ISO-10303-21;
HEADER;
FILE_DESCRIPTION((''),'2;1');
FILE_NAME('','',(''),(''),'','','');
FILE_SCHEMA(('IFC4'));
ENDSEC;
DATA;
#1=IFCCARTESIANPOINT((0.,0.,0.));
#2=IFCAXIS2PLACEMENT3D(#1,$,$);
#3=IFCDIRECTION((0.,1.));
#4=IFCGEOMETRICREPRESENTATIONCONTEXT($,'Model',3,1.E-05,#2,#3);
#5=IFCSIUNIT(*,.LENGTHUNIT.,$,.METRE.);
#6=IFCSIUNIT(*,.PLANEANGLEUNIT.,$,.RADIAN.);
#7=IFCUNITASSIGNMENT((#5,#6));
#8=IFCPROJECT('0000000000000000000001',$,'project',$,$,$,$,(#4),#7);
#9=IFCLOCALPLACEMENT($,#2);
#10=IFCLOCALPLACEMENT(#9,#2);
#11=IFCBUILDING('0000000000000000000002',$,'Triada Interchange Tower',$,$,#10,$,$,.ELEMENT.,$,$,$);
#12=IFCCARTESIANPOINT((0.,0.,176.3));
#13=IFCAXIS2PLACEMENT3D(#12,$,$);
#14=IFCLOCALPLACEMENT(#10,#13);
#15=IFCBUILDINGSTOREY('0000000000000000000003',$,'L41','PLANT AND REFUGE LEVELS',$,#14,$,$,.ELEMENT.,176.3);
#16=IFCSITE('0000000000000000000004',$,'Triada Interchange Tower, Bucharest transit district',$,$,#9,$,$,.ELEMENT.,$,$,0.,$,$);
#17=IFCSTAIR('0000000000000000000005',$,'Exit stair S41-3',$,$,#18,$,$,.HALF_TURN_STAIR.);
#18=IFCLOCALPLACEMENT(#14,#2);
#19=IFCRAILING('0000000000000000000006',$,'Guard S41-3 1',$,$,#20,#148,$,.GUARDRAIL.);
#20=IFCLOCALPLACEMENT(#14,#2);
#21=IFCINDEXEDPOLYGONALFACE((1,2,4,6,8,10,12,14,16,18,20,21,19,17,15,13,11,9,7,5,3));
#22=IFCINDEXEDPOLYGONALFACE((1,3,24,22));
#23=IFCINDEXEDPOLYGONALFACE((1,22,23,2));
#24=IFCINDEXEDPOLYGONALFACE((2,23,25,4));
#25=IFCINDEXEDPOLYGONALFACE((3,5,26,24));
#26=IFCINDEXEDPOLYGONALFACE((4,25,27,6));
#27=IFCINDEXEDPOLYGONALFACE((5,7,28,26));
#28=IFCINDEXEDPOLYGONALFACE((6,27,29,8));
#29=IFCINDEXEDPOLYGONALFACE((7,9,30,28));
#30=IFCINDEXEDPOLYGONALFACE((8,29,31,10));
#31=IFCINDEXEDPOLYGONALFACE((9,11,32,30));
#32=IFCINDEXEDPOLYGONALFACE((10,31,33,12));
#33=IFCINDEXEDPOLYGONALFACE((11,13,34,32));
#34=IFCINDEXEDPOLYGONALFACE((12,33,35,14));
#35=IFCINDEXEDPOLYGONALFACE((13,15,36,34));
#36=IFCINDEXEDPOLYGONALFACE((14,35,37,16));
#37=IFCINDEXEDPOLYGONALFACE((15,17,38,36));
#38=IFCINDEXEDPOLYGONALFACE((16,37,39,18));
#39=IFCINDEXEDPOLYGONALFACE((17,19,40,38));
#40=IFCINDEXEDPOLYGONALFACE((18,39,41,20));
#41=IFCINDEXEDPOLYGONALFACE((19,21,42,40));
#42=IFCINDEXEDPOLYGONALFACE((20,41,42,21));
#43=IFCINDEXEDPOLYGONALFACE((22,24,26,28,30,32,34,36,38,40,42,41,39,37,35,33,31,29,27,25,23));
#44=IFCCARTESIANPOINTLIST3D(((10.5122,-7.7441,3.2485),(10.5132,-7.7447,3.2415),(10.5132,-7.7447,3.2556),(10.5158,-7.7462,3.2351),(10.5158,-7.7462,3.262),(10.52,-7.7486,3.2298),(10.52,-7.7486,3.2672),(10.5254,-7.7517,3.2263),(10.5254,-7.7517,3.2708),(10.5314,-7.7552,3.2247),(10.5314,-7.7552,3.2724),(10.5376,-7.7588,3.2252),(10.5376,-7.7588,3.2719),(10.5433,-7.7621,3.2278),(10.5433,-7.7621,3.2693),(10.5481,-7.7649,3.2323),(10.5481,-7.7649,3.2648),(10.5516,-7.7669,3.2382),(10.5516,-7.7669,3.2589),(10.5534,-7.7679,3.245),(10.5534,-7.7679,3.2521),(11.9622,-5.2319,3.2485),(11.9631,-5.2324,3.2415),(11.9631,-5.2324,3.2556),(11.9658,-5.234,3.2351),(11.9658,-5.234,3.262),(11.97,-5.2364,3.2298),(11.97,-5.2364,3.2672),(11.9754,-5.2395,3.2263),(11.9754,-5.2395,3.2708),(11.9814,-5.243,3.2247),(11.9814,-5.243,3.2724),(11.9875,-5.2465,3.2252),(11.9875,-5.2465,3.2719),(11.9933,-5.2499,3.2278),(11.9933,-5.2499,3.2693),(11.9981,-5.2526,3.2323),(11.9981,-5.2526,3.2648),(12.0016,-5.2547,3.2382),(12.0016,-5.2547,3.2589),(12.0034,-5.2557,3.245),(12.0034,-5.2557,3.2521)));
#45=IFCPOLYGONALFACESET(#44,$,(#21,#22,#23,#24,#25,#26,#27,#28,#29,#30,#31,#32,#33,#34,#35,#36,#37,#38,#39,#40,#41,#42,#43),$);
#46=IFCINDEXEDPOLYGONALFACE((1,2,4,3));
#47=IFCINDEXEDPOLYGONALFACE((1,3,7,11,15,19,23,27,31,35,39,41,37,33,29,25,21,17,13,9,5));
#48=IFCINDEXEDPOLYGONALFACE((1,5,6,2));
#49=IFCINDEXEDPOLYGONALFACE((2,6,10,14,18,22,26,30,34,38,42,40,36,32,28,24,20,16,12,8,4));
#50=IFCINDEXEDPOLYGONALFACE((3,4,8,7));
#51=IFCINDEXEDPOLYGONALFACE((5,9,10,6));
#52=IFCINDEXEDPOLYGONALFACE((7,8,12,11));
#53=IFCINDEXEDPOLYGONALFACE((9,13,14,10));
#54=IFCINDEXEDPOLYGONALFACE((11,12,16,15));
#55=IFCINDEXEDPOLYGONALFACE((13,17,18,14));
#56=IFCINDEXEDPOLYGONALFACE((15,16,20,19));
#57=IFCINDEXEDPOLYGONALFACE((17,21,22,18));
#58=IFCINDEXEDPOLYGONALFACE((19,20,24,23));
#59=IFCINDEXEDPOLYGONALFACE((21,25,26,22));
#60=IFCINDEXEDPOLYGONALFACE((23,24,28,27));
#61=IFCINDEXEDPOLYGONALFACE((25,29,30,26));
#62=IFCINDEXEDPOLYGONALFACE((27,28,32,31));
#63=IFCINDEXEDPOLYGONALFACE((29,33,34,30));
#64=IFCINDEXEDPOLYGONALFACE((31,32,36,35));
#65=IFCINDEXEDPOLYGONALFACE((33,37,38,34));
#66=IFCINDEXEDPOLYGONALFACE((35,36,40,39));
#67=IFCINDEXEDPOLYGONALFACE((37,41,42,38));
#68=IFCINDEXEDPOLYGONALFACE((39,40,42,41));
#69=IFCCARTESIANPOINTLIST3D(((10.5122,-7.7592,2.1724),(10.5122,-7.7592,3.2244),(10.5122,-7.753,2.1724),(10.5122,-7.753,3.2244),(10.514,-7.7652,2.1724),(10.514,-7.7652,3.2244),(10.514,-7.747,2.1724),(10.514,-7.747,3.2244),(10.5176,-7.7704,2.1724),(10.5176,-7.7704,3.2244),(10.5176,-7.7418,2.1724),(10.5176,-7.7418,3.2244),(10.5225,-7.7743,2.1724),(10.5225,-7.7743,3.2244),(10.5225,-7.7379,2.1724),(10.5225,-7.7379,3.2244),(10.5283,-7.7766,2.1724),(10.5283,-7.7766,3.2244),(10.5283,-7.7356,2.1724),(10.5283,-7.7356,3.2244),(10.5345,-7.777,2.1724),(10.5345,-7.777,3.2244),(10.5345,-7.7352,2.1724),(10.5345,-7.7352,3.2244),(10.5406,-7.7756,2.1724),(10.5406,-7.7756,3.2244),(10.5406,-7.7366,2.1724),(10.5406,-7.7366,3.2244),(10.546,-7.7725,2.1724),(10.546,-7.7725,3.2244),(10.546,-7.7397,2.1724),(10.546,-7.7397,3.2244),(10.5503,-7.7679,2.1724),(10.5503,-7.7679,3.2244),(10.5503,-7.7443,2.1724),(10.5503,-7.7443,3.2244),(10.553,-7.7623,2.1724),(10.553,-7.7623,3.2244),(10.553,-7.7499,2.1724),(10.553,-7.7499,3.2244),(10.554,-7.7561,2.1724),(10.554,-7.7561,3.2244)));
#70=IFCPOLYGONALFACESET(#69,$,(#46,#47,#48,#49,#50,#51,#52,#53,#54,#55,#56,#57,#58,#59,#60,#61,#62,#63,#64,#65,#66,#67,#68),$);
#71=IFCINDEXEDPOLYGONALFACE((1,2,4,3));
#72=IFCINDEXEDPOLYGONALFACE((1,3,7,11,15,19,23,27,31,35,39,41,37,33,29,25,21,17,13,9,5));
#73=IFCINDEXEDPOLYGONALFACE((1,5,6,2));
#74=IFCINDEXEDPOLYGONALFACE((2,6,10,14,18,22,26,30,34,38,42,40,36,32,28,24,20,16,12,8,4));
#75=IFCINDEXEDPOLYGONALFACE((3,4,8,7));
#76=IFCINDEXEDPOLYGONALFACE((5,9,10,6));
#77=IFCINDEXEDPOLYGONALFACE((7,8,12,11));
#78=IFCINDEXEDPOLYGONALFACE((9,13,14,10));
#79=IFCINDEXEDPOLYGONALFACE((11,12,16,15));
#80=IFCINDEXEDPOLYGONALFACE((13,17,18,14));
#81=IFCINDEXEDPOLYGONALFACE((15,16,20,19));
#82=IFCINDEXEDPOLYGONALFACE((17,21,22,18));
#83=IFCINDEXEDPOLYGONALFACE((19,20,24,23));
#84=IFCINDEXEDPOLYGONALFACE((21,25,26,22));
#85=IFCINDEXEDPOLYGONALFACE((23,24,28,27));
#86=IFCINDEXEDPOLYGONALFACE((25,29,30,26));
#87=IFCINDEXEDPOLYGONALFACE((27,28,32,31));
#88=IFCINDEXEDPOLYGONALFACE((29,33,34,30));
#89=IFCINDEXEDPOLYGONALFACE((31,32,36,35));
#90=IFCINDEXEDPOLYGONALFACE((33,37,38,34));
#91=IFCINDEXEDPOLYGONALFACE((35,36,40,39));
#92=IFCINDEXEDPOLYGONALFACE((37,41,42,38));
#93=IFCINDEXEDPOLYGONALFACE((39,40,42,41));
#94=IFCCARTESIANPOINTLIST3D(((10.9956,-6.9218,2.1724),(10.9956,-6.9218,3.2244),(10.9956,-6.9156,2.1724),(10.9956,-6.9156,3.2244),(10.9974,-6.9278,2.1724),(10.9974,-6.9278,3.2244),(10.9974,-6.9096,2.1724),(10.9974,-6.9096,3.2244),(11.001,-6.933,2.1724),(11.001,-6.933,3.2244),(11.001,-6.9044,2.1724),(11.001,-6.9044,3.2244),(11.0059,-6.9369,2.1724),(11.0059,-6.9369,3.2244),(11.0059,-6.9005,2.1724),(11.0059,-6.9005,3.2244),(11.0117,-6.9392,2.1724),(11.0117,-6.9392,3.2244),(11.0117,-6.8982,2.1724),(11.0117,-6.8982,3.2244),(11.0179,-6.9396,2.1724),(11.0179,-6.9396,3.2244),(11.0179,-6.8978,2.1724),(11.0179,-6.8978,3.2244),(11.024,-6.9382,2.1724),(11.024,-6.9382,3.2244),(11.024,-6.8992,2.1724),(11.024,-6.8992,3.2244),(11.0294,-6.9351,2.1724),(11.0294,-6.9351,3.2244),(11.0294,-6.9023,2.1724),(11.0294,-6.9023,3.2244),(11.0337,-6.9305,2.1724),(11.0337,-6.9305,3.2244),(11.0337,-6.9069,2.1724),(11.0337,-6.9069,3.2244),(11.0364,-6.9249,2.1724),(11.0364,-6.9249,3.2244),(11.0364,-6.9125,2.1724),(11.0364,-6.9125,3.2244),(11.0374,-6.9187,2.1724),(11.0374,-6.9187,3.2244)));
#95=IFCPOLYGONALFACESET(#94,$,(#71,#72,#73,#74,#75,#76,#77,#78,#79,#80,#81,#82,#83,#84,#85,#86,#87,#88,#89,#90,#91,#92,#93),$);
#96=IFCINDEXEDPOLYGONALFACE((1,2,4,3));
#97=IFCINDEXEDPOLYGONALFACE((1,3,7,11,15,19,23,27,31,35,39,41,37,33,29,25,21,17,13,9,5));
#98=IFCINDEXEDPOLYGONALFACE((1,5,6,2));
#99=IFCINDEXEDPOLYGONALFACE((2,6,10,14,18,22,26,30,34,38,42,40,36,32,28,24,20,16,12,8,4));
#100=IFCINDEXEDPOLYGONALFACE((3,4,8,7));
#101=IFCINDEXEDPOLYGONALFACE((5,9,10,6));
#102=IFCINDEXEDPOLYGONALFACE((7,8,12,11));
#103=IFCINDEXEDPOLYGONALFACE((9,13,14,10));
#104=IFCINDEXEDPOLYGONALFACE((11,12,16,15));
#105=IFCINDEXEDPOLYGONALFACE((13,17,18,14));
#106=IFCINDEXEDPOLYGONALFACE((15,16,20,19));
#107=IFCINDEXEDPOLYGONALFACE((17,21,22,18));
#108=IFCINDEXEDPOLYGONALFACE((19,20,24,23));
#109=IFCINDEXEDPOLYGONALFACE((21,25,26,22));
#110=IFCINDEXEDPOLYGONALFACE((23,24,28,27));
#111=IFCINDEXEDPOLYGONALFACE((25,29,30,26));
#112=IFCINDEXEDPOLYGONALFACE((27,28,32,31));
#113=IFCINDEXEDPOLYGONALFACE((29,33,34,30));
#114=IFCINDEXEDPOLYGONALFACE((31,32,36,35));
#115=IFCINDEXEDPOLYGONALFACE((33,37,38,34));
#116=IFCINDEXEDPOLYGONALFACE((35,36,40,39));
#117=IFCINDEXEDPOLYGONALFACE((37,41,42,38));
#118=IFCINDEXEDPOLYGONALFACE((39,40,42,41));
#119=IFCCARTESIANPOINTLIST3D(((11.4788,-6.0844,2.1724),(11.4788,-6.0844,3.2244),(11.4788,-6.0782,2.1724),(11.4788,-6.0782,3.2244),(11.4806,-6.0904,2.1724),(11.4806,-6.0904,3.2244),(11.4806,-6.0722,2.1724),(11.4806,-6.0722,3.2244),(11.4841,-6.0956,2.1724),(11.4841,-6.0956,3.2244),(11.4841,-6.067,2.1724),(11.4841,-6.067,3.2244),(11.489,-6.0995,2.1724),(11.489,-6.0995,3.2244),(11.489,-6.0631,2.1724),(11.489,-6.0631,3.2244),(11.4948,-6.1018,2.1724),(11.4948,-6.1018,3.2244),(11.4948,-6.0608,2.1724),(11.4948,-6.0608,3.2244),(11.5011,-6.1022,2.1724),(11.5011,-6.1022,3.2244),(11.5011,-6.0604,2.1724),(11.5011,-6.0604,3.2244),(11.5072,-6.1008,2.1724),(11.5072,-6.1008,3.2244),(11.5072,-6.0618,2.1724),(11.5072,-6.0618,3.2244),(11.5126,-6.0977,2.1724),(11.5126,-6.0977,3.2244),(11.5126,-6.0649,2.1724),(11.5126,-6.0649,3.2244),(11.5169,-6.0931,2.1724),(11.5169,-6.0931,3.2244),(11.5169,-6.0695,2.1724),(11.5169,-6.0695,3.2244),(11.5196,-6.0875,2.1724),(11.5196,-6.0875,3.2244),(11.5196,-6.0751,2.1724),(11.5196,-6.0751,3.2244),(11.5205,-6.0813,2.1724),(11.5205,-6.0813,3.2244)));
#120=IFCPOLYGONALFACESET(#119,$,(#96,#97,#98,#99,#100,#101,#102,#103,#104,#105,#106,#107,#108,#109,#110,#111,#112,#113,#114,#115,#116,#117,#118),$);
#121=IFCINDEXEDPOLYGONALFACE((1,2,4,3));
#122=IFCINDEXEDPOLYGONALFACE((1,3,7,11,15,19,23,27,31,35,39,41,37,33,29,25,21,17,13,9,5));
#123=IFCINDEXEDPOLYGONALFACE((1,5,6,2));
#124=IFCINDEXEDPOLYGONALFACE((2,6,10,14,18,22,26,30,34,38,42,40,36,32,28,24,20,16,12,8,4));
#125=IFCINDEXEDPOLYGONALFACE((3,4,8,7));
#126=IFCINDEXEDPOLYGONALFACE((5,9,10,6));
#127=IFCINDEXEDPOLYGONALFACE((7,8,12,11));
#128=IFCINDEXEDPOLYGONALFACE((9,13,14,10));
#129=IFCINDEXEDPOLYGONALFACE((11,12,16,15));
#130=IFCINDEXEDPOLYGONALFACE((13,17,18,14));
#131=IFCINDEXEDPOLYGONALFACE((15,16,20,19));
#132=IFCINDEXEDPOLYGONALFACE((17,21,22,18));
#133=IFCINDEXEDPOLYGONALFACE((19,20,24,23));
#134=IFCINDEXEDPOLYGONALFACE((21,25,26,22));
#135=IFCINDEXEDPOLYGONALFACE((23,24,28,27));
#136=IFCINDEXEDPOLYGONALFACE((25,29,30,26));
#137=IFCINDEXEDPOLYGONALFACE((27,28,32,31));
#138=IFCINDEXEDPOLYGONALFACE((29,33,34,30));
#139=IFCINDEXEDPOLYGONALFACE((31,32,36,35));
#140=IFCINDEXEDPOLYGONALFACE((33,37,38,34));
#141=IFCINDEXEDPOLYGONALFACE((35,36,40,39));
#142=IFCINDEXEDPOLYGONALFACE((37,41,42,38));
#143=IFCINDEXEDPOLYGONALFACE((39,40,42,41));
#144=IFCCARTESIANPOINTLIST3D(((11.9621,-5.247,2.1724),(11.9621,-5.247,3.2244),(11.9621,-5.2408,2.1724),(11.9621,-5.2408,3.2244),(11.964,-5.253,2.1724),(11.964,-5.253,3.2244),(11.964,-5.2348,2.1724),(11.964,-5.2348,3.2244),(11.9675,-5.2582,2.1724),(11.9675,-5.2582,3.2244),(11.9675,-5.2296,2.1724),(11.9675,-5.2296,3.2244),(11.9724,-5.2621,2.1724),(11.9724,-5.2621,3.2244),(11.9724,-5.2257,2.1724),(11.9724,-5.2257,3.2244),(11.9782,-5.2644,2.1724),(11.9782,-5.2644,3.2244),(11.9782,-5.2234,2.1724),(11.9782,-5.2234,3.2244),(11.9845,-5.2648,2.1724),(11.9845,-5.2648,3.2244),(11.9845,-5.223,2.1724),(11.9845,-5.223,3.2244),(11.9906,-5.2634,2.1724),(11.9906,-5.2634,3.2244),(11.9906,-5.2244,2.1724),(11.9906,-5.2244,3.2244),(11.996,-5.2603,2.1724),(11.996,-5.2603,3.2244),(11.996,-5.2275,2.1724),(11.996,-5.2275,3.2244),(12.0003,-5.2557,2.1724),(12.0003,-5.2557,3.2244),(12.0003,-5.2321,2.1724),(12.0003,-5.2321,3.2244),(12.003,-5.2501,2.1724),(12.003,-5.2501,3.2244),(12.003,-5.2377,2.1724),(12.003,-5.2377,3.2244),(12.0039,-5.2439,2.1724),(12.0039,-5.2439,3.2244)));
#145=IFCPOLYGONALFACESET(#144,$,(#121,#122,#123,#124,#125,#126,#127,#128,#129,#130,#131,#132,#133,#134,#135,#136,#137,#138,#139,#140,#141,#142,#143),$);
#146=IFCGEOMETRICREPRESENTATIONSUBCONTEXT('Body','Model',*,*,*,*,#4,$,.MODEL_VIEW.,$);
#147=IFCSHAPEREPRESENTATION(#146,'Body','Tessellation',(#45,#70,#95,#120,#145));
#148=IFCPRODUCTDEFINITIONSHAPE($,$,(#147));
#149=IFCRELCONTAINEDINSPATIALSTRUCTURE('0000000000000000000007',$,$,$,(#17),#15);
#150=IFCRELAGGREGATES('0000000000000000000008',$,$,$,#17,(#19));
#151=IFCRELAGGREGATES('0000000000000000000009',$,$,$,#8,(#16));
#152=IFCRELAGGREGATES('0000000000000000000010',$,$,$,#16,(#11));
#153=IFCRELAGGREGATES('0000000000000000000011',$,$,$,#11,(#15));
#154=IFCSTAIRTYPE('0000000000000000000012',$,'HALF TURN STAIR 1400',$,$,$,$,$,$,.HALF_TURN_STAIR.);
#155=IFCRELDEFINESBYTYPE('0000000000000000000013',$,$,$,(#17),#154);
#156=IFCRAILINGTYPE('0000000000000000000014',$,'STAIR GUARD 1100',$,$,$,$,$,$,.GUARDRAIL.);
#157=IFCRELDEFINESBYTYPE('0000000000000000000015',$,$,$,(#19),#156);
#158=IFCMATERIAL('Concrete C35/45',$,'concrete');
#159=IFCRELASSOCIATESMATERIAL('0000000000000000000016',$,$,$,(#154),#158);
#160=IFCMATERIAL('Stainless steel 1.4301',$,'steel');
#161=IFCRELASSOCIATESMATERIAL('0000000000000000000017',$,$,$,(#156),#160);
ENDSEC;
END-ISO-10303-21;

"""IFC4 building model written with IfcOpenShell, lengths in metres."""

from ifc_helpers import new_model, si_unit, direction, frame, origin, origin_2d, place, context, subcontext, project, spatial, circle, extrude, material, type_object, element, aggregate, save


model = new_model("IFC4")

# Units and contexts
model_context = context("Model", 3, precision=1e-05, world=origin(), true_north=direction((0.0, 1.0)))
body_context = subcontext(model_context, "Body", "Model", "MODEL_VIEW")
ifc_project = project(units=[si_unit("LENGTHUNIT", "METRE"), si_unit("PLANEANGLEUNIT", "RADIAN")], contexts=[model_context])

# Site, building, storey
site_placement = place(None, origin())
site = spatial("IfcSite", under=ifc_project, at=site_placement, Name="Triada Interchange Tower, Bucharest transit district", CompositionType="ELEMENT", RefElevation=0.0)
building_placement = place(site_placement, origin())
building = spatial("IfcBuilding", under=site, at=building_placement, Name="Triada Interchange Tower", CompositionType="ELEMENT")
storey_placement = place(building_placement, frame((0.0, 0.0, 176.3)))
storey = spatial("IfcBuildingStorey", under=building, at=storey_placement, Name="L41", Description="PLANT AND REFUGE LEVELS", CompositionType="ELEMENT", Elevation=176.3)

# Shared definitions
ifc_material_1 = material(Name="Concrete C35/45", Category="concrete")

# Stair, railing
stair_type = type_object("IfcStairType", Name="HALF TURN STAIR 1400", PredefinedType="HALF_TURN_STAIR", material=ifc_material_1)
stair_placement = place(storey_placement, origin())
stair = element("IfcStair", 1, at=stair_placement, inside=storey, type_object=stair_type, Name="Exit stair S41-3", PredefinedType="HALF_TURN_STAIR")
ifc_material_2 = material(Name="Stainless steel 1.4301", Category="steel")
railing_type_1 = type_object("IfcRailingType", Name="STAIR GUARD 1100", PredefinedType="GUARDRAIL", material=ifc_material_2)
railing_1_placement = place(storey_placement, frame((10.533, -7.7561, 2.1724)))
railing_1 = element("IfcRailing", 2, at=railing_1_placement, type_object=railing_type_1, Name="Guard S41-3 1", PredefinedType="GUARDRAIL", context=body_context, shape_type="SweptSolid", body=[
    extrude(circle(Radius=0.0239, at=origin_2d()), frame((0.0, 0.0, 1.0762), z_axis=(0.499878, 0.866096, 0.0), x_axis=(-0.866096, 0.499878, 0.0)), (0.0, 0.0, 1.0), 2.9006),
    extrude(circle(Radius=0.021, at=origin_2d()), origin(), (0.0, 0.0, 1.0), 1.052),
    extrude(circle(Radius=0.021, at=origin_2d()), frame((0.4834, 0.8374, 0.0)), (0.0, 0.0, 1.0), 1.052),
    extrude(circle(Radius=0.021, at=origin_2d()), frame((0.9666, 1.6748, 0.0)), (0.0, 0.0, 1.0), 1.052),
    extrude(circle(Radius=0.021, at=origin_2d()), frame((1.45, 2.5122, 0.0)), (0.0, 0.0, 1.0), 1.052),
])
aggregate(stair, [railing_1])

save(model, "model.ifc")
